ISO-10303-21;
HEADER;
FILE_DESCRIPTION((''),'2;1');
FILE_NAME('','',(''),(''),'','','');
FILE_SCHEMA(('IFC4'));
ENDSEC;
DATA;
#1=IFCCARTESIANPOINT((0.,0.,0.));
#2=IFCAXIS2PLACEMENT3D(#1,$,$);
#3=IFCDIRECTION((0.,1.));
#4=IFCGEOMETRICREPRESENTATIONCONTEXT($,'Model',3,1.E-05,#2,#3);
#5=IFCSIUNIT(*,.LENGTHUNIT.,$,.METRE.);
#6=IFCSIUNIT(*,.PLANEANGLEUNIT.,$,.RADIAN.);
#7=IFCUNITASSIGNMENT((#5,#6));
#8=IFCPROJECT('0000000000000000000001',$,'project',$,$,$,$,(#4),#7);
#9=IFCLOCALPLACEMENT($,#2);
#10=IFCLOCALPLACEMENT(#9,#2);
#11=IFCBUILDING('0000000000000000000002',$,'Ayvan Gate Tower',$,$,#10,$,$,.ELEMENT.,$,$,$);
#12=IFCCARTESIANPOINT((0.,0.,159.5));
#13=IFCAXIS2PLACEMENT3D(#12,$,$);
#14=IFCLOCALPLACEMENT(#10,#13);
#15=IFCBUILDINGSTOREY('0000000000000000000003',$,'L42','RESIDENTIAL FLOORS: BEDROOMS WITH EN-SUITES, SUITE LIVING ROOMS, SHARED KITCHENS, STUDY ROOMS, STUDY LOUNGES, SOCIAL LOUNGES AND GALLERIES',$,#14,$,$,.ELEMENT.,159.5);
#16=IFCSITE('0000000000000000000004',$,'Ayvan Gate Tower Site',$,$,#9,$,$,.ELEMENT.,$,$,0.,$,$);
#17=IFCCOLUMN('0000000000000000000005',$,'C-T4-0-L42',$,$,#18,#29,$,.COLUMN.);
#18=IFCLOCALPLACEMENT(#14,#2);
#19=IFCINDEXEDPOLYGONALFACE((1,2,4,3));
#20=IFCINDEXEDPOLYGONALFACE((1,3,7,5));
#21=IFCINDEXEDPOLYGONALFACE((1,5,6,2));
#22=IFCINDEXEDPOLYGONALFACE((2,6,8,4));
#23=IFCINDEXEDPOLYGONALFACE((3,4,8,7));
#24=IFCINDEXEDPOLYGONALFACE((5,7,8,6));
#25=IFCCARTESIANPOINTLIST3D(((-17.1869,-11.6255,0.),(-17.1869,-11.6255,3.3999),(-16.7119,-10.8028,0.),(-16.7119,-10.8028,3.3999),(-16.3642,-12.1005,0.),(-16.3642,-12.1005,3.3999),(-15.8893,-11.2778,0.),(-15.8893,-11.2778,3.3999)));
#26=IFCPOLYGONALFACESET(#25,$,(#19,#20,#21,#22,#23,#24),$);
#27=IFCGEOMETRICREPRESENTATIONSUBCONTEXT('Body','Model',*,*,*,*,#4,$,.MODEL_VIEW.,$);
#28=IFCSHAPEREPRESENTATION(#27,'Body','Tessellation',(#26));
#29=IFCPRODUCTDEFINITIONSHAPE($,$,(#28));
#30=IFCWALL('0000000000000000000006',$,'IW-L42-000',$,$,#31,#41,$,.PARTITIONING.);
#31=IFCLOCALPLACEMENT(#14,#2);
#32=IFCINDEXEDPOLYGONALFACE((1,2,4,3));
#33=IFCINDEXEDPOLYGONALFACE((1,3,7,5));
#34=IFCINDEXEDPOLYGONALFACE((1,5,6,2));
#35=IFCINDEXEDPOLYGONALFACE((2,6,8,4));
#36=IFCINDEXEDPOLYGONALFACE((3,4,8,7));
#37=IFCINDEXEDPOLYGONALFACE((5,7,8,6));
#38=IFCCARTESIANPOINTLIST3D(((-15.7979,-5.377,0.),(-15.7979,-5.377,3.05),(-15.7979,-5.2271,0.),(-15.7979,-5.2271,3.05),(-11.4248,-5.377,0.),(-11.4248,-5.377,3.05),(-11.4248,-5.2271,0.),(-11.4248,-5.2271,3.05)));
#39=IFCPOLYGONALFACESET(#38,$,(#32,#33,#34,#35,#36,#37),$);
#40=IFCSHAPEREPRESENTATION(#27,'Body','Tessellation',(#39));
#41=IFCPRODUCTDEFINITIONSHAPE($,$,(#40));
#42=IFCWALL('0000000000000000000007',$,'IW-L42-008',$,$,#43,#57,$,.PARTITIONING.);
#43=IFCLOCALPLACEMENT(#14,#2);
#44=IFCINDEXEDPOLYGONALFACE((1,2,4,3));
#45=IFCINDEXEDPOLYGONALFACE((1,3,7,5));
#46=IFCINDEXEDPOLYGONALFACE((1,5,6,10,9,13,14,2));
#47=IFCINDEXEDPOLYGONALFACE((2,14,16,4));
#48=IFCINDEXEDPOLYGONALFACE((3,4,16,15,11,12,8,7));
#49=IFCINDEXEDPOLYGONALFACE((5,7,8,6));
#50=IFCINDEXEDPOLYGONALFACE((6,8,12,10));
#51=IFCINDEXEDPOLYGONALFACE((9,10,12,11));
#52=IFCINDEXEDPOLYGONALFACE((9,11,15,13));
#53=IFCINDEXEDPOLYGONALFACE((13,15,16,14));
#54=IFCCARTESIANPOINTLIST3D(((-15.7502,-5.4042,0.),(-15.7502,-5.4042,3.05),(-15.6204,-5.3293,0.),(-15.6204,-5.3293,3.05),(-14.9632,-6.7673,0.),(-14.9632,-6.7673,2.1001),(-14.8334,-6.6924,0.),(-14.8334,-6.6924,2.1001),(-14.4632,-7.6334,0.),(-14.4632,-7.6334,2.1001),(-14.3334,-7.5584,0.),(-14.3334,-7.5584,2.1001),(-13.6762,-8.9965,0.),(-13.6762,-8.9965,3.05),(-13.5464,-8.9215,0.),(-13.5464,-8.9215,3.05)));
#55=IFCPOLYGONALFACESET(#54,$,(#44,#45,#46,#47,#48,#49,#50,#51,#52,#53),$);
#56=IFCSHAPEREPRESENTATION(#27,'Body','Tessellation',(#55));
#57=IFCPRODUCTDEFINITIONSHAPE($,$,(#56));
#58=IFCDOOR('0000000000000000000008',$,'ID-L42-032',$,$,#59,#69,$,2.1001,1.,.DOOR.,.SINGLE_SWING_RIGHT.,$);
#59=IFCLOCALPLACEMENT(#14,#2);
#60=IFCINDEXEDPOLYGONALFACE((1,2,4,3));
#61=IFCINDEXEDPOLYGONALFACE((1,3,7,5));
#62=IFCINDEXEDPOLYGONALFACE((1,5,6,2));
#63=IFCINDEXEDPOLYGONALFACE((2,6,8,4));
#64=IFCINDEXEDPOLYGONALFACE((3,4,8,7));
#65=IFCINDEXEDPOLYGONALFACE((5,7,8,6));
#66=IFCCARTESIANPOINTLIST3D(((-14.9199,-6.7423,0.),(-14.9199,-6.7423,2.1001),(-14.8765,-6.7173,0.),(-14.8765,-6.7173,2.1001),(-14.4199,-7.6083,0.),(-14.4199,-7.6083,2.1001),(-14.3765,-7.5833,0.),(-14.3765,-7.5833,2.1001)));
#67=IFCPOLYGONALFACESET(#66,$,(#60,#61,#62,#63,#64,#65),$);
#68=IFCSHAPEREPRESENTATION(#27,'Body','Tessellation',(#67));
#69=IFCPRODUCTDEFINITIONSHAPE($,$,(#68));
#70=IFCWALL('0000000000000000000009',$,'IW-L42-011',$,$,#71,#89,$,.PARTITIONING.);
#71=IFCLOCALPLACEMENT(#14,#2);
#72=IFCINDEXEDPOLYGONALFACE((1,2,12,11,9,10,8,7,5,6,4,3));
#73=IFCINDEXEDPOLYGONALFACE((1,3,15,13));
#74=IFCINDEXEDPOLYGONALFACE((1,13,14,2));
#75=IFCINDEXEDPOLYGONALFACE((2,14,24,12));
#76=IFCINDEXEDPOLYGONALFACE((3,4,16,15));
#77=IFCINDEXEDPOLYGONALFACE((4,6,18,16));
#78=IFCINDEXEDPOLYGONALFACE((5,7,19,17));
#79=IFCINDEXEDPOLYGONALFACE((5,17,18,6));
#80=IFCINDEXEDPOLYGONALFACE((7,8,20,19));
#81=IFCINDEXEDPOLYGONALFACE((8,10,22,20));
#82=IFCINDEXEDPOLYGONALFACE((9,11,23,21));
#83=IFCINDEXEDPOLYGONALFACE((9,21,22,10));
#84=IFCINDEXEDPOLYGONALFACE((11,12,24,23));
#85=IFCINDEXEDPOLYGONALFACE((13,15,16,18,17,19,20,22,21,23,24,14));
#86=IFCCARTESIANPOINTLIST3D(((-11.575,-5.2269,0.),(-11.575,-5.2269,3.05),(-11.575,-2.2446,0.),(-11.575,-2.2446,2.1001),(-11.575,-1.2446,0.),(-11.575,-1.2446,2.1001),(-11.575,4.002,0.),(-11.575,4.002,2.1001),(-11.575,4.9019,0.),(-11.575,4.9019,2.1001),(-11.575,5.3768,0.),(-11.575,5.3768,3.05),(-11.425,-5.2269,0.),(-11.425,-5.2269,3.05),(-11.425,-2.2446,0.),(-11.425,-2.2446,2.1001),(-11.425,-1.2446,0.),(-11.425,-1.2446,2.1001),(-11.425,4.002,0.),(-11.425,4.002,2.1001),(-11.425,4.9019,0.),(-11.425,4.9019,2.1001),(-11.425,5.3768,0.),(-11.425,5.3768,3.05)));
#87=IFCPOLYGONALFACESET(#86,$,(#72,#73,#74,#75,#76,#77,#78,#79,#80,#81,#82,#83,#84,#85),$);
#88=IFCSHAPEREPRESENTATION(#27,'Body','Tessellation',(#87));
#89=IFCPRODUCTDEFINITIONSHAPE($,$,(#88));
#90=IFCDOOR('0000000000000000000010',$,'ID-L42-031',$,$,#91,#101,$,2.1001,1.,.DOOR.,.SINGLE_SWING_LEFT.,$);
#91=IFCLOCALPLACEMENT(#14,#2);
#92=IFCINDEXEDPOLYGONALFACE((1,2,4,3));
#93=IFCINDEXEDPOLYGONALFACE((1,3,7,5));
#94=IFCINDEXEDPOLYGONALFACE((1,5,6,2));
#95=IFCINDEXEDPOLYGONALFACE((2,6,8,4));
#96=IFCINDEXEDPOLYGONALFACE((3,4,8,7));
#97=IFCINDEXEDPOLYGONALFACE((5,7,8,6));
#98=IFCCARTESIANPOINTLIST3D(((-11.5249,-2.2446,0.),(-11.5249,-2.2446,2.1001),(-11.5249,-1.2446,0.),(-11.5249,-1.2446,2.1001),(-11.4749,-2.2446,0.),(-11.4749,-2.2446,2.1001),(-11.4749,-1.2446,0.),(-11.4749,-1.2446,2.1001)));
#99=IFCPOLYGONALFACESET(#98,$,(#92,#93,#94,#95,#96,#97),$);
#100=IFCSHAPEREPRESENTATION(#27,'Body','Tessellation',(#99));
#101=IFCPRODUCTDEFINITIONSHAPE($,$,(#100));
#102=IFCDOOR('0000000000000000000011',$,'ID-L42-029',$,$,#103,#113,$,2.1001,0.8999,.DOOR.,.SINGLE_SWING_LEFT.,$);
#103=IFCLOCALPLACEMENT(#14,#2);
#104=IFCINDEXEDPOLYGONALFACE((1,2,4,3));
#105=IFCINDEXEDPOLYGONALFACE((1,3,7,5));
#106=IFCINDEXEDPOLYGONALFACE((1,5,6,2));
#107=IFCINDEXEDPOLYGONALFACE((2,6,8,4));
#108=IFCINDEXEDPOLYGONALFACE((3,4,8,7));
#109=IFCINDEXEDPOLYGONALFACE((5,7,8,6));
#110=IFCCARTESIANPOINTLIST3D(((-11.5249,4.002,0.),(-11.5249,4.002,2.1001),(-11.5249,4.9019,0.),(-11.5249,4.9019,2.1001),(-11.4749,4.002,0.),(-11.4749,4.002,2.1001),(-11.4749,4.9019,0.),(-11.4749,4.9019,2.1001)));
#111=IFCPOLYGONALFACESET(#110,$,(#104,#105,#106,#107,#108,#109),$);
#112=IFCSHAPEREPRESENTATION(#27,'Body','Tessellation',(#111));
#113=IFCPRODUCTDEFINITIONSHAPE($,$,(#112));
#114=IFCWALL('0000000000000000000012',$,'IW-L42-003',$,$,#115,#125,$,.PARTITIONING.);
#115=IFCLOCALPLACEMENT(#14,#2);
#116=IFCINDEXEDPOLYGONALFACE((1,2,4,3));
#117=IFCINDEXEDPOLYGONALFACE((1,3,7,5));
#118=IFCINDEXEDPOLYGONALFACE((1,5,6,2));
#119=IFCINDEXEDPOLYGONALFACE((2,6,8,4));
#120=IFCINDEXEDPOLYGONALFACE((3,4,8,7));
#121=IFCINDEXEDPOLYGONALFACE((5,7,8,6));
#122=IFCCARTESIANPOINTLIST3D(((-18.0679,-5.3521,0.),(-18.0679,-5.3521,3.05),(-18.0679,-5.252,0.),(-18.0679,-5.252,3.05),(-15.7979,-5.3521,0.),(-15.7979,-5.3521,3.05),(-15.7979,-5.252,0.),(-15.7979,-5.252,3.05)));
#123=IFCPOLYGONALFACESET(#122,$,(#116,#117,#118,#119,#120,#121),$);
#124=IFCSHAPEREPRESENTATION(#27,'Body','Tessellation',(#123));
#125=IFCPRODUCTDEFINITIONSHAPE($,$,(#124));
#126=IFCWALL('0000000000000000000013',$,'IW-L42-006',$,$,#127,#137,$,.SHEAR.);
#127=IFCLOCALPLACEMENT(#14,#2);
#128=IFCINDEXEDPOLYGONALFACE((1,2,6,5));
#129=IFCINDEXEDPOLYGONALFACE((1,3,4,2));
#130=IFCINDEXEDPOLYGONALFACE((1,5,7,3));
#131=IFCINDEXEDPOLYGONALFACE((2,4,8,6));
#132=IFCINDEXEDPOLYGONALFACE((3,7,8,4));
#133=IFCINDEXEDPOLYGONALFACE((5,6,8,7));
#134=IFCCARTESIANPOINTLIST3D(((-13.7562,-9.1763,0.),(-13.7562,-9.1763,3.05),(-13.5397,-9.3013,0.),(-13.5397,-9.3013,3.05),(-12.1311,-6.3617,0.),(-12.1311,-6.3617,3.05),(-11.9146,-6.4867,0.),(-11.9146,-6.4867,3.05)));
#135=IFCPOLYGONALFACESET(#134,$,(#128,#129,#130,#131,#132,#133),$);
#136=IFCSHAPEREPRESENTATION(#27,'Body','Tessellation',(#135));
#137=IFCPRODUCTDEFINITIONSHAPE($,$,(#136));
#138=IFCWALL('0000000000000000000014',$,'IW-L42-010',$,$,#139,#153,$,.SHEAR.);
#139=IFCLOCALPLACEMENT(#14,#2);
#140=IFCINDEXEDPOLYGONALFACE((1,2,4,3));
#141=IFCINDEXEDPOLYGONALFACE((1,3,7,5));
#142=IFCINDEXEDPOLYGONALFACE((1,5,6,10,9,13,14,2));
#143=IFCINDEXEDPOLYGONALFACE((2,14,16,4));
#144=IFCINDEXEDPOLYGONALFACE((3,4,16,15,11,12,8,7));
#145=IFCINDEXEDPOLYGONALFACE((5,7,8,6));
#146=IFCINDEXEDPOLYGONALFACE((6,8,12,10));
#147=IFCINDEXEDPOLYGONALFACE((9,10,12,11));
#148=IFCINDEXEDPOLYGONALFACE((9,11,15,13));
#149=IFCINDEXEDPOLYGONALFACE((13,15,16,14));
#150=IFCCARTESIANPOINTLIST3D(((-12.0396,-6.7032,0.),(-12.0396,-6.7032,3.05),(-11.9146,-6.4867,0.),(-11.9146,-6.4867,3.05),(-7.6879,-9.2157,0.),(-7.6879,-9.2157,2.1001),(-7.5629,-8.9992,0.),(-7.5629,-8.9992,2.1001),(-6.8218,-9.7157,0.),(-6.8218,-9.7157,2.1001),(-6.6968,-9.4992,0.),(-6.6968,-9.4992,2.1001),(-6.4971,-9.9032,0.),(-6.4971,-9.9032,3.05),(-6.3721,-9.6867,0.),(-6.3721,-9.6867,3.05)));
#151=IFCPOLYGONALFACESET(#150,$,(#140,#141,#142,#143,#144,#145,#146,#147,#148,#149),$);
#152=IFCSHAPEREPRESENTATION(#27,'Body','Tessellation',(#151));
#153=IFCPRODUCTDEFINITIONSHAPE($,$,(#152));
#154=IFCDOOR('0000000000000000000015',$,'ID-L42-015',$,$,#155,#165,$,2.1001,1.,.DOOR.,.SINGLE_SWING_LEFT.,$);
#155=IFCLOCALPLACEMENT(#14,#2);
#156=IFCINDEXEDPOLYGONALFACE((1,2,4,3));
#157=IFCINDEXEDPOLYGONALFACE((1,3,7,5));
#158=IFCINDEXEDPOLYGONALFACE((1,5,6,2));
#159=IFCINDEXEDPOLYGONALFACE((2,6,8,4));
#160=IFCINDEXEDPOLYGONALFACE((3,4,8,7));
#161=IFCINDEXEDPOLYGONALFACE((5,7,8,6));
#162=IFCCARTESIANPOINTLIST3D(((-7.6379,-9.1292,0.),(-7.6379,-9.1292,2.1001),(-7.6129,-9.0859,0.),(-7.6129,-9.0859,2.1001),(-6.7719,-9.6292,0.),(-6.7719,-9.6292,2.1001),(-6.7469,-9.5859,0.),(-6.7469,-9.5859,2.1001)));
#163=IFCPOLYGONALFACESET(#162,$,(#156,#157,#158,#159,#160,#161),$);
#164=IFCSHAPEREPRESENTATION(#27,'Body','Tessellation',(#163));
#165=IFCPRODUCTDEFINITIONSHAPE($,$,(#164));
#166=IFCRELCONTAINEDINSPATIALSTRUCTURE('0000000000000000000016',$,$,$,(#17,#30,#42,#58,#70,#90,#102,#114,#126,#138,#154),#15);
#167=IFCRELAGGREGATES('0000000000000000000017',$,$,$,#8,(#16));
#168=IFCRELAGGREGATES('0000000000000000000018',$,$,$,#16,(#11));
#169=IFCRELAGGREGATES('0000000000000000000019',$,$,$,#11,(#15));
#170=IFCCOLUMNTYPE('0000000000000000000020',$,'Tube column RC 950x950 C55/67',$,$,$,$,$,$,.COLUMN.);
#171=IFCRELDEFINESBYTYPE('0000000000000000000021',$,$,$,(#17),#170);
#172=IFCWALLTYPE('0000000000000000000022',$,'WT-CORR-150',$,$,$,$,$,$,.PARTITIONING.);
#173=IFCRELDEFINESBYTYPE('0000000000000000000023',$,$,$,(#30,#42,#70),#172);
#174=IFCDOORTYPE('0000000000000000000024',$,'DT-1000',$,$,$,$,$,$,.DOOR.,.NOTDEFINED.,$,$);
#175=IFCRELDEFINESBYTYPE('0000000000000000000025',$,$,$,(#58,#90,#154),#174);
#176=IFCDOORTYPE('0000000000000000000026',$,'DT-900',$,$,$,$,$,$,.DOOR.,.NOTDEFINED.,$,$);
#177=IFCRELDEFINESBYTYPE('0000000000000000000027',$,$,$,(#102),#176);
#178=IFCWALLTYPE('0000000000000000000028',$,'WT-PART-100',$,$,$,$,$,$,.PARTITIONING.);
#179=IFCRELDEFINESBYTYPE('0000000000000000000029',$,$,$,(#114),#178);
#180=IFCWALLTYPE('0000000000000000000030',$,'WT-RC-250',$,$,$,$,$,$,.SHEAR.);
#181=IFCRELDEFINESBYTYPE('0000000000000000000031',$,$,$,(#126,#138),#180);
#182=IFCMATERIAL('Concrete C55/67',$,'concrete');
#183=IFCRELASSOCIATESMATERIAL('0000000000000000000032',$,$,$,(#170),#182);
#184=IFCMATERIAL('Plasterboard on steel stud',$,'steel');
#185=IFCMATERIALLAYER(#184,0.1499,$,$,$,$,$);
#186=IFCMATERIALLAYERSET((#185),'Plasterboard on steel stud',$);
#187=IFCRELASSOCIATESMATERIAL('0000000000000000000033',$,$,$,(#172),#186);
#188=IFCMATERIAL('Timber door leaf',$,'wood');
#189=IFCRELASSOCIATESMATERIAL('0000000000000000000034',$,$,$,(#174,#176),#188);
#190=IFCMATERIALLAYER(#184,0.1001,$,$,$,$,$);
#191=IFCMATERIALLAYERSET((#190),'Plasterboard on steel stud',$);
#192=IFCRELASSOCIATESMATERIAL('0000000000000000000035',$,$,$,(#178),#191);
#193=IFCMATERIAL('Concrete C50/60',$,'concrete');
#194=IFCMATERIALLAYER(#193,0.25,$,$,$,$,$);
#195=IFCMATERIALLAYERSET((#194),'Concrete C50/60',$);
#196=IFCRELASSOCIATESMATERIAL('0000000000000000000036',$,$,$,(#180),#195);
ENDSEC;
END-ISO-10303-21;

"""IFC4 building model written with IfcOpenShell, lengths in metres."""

from ifc_helpers import new_model, si_unit, direction, frame, frame_2d, origin, origin_2d, place, context, subcontext, project, spatial, rectangle, extrude, material, layer, layer_set, material_profile, profile_set, type_object, element, fill, save


model = new_model("IFC4")

# Units and contexts
model_context = context("Model", 3, precision=1e-05, world=origin(), true_north=direction((0.0, 1.0)))
body_context = subcontext(model_context, "Body", "Model", "MODEL_VIEW")
ifc_project = project(units=[si_unit("LENGTHUNIT", "METRE"), si_unit("PLANEANGLEUNIT", "RADIAN")], contexts=[model_context])

# Site, building, storey
site_placement = place(None, origin())
site = spatial("IfcSite", under=ifc_project, at=site_placement, Name="Ayvan Gate Tower Site", CompositionType="ELEMENT", RefElevation=0.0)
building_placement = place(site_placement, origin())
building = spatial("IfcBuilding", under=site, at=building_placement, Name="Ayvan Gate Tower", CompositionType="ELEMENT")
storey_placement = place(building_placement, frame((0.0, 0.0, 159.5)))
storey = spatial("IfcBuildingStorey", under=building, at=storey_placement, Name="L42", Description="RESIDENTIAL FLOORS: BEDROOMS WITH EN-SUITES, SUITE LIVING ROOMS, SHARED KITCHENS, STUDY ROOMS, STUDY LOUNGES, SOCIAL LOUNGES AND GALLERIES", CompositionType="ELEMENT", Elevation=159.5)

# Column
ifc_material_1 = material(Name="Concrete C55/67", Category="concrete")
ifc_material_profile = material_profile(ifc_material_1, rectangle(XDim=0.95, YDim=0.95, at=origin_2d()), Name="RC 950x950")
ifc_profile_set = profile_set([ifc_material_profile], Name="Concrete C55/67")
column_type = type_object("IfcColumnType", Name="Tube column RC 950x950 C55/67", PredefinedType="COLUMN", material=ifc_profile_set)
column_placement = place(storey_placement, frame((-16.5381, -11.4517, 0.0), z_axis=(0.0, 0.0, 1.0), x_axis=(-0.5, -0.866025, 0.0)))
element("IfcColumn", 1, at=column_placement, inside=storey, type_object=column_type, Name="C-T4-0-L42", PredefinedType="COLUMN", context=body_context, shape_type="SweptSolid", body=[
    extrude(rectangle(XDim=0.95, YDim=0.95, at=origin_2d()), origin(), (0.0, 0.0, 1.0), 3.3999),
])

# Wall
ifc_material_2 = material(Name="Plasterboard on steel stud", Category="steel")
ifc_layer_1 = layer(ifc_material_2, 0.1499)
ifc_layer_set_1 = layer_set([ifc_layer_1], Name="Plasterboard on steel stud")
wall_type_1 = type_object("IfcWallType", Name="WT-CORR-150", PredefinedType="PARTITIONING", material=ifc_layer_set_1)
wall_1_placement = place(storey_placement, frame((-15.7979, -5.302, 0.0), z_axis=(0.0, 0.0, 1.0), x_axis=(1.0, 0.0, 0.0)))
element("IfcWall", 2, at=wall_1_placement, inside=storey, type_object=wall_type_1, Name="IW-L42-000", PredefinedType="PARTITIONING", context=body_context, shape_type="SweptSolid", body=[
    extrude(rectangle(XDim=4.373, YDim=0.1499, at=frame_2d((2.1865, 0.0))), origin(), (0.0, 0.0, 1.0), 3.05),
])

# Wall, opening, door
wall_2_placement = place(storey_placement, frame((-13.6113, -8.959, 0.0), z_axis=(0.0, 0.0, 1.0), x_axis=(-0.499994, 0.866029, 0.0)))
wall_2 = element("IfcWall", 3, at=wall_2_placement, inside=storey, type_object=wall_type_1, Name="IW-L42-008", PredefinedType="PARTITIONING", context=body_context, shape_type="SweptSolid", body=[
    extrude(rectangle(XDim=4.1479, YDim=0.1499, at=frame_2d((2.074, 0.0))), origin(), (0.0, 0.0, 1.0), 3.05),
])
opening_1_placement = place(wall_2_placement, frame((1.574, 0.0, 0.0)))
opening_1 = element("IfcOpeningElement", 4, at=opening_1_placement, cuts=wall_2, PredefinedType="OPENING", context=body_context, shape_type="SweptSolid", body=[
    extrude(rectangle(XDim=1.0, YDim=2.1001, at=frame_2d((0.5, 1.05))), frame((0.0, 0.085, 0.0), z_axis=(0.0, -1.0, 0.0), x_axis=(1.0, 0.0, 0.0)), (0.0, 0.0, 1.0), 0.1699),
])
ifc_material_3 = material(Name="Timber door leaf", Category="wood")
door_type_1 = type_object("IfcDoorType", Name="DT-1000", OperationType="NOTDEFINED", PredefinedType="DOOR", material=ifc_material_3)
door_1_placement = place(opening_1_placement, origin())
door_1 = element("IfcDoor", 5, at=door_1_placement, inside=storey, type_object=door_type_1, Name="ID-L42-032", OperationType="SINGLE_SWING_RIGHT", OverallHeight=2.1001, OverallWidth=1.0, PredefinedType="DOOR", context=body_context, shape_type="SweptSolid", body=[
    extrude(rectangle(XDim=1.0, YDim=2.1001, at=frame_2d((0.5, 1.05))), frame((0.0, 0.0249, 0.0), z_axis=(0.0, -1.0, 0.0), x_axis=(1.0, 0.0, 0.0)), (0.0, 0.0, 1.0), 0.05),
])
fill(opening_1, door_1)

# Wall, openings, doors
wall_3_placement = place(storey_placement, frame((-11.5, -5.2268, 0.0), z_axis=(0.0, 0.0, 1.0), x_axis=(0.0, 1.0, 0.0)))
wall_3 = element("IfcWall", 6, at=wall_3_placement, inside=storey, type_object=wall_type_1, Name="IW-L42-011", PredefinedType="PARTITIONING", context=body_context, shape_type="SweptSolid", body=[
    extrude(rectangle(XDim=10.6038, YDim=0.1499, at=frame_2d((5.3018, 0.0))), origin(), (0.0, 0.0, 1.0), 3.05),
])
opening_2_placement = place(wall_3_placement, frame((9.2288, 0.0, 0.0)))
opening_2 = element("IfcOpeningElement", 7, at=opening_2_placement, cuts=wall_3, PredefinedType="OPENING", context=body_context, shape_type="SweptSolid", body=[
    extrude(rectangle(XDim=0.8999, YDim=2.1001, at=frame_2d((0.45, 1.05))), frame((0.0, 0.085, 0.0), z_axis=(0.0, -1.0, 0.0), x_axis=(1.0, 0.0, 0.0)), (0.0, 0.0, 1.0), 0.1699),
])
opening_3_placement = place(wall_3_placement, frame((2.9822, 0.0, 0.0)))
opening_3 = element("IfcOpeningElement", 8, at=opening_3_placement, cuts=wall_3, PredefinedType="OPENING", context=body_context, shape_type="SweptSolid", body=[
    extrude(rectangle(XDim=1.0, YDim=2.1001, at=frame_2d((0.5, 1.05))), frame((0.0, 0.085, 0.0), z_axis=(0.0, -1.0, 0.0), x_axis=(1.0, 0.0, 0.0)), (0.0, 0.0, 1.0), 0.1699),
])
door_2_placement = place(opening_3_placement, origin())
door_2 = element("IfcDoor", 9, at=door_2_placement, inside=storey, type_object=door_type_1, Name="ID-L42-031", OperationType="SINGLE_SWING_LEFT", OverallHeight=2.1001, OverallWidth=1.0, PredefinedType="DOOR", context=body_context, shape_type="SweptSolid", body=[
    extrude(rectangle(XDim=1.0, YDim=2.1001, at=frame_2d((0.5, 1.05))), frame((0.0, 0.0249, 0.0), z_axis=(0.0, -1.0, 0.0), x_axis=(1.0, 0.0, 0.0)), (0.0, 0.0, 1.0), 0.05),
])
fill(opening_3, door_2)
door_type_2 = type_object("IfcDoorType", Name="DT-900", OperationType="NOTDEFINED", PredefinedType="DOOR", material=ifc_material_3)
door_3_placement = place(opening_2_placement, origin())
door_3 = element("IfcDoor", 10, at=door_3_placement, inside=storey, type_object=door_type_2, Name="ID-L42-029", OperationType="SINGLE_SWING_LEFT", OverallHeight=2.1001, OverallWidth=0.8999, PredefinedType="DOOR", context=body_context, shape_type="SweptSolid", body=[
    extrude(rectangle(XDim=0.8999, YDim=2.1001, at=frame_2d((0.45, 1.05))), frame((0.0, 0.0249, 0.0), z_axis=(0.0, -1.0, 0.0), x_axis=(1.0, 0.0, 0.0)), (0.0, 0.0, 1.0), 0.05),
])
fill(opening_2, door_3)

# Walls
ifc_layer_2 = layer(ifc_material_2, 0.1001)
ifc_layer_set_2 = layer_set([ifc_layer_2], Name="Plasterboard on steel stud")
wall_type_2 = type_object("IfcWallType", Name="WT-PART-100", PredefinedType="PARTITIONING", material=ifc_layer_set_2)
wall_4_placement = place(storey_placement, frame((-15.7979, -5.302, 0.0), z_axis=(0.0, 0.0, 1.0), x_axis=(-1.0, 0.0, 0.0)))
element("IfcWall", 11, at=wall_4_placement, inside=storey, type_object=wall_type_2, Name="IW-L42-003", PredefinedType="PARTITIONING", context=body_context, shape_type="SweptSolid", body=[
    extrude(rectangle(XDim=2.27, YDim=0.1001, at=frame_2d((1.135, 0.0))), origin(), (0.0, 0.0, 1.0), 3.05),
])
ifc_material_4 = material(Name="Concrete C50/60", Category="concrete")
ifc_layer_3 = layer(ifc_material_4, 0.25)
ifc_layer_set_3 = layer_set([ifc_layer_3], Name="Concrete C50/60")
wall_type_3 = type_object("IfcWallType", Name="WT-RC-250", PredefinedType="SHEAR", material=ifc_layer_set_3)
wall_5_placement = place(storey_placement, frame((-13.6479, -9.2388, 0.0), z_axis=(0.0, 0.0, 1.0), x_axis=(0.500017, 0.866015, 0.0)))
element("IfcWall", 12, at=wall_5_placement, inside=storey, type_object=wall_type_3, Name="IW-L42-006", PredefinedType="SHEAR", context=body_context, shape_type="SweptSolid", body=[
    extrude(rectangle(XDim=3.25, YDim=0.25, at=frame_2d((1.625, 0.0))), origin(), (0.0, 0.0, 1.0), 3.05),
])

# Wall, opening, door
wall_6_placement = place(storey_placement, frame((-11.9771, -6.595, 0.0), z_axis=(0.0, 0.0, 1.0), x_axis=(0.866025, -0.5, 0.0)))
wall_6 = element("IfcWall", 13, at=wall_6_placement, inside=storey, type_object=wall_type_3, Name="IW-L42-010", PredefinedType="SHEAR", context=body_context, shape_type="SweptSolid", body=[
    extrude(rectangle(XDim=6.3999, YDim=0.25, at=frame_2d((3.2, 0.0))), origin(), (0.0, 0.0, 1.0), 3.05),
])
opening_4_placement = place(wall_6_placement, frame((5.0249, 0.0, 0.0)))
opening_4 = element("IfcOpeningElement", 14, at=opening_4_placement, cuts=wall_6, PredefinedType="OPENING", context=body_context, shape_type="SweptSolid", body=[
    extrude(rectangle(XDim=1.0, YDim=2.1001, at=frame_2d((0.5, 1.05))), frame((0.0, 0.135, 0.0), z_axis=(0.0, -1.0, 0.0), x_axis=(1.0, 0.0, 0.0)), (0.0, 0.0, 1.0), 0.27),
])
door_4_placement = place(opening_4_placement, origin())
door_4 = element("IfcDoor", 15, at=door_4_placement, inside=storey, type_object=door_type_1, Name="ID-L42-015", OperationType="SINGLE_SWING_LEFT", OverallHeight=2.1001, OverallWidth=1.0, PredefinedType="DOOR", context=body_context, shape_type="SweptSolid", body=[
    extrude(rectangle(XDim=1.0, YDim=2.1001, at=frame_2d((0.5, 1.05))), frame((0.0, 0.0249, 0.0), z_axis=(0.0, -1.0, 0.0), x_axis=(1.0, 0.0, 0.0)), (0.0, 0.0, 1.0), 0.05),
])
fill(opening_4, door_4)

save(model, "model.ifc")
